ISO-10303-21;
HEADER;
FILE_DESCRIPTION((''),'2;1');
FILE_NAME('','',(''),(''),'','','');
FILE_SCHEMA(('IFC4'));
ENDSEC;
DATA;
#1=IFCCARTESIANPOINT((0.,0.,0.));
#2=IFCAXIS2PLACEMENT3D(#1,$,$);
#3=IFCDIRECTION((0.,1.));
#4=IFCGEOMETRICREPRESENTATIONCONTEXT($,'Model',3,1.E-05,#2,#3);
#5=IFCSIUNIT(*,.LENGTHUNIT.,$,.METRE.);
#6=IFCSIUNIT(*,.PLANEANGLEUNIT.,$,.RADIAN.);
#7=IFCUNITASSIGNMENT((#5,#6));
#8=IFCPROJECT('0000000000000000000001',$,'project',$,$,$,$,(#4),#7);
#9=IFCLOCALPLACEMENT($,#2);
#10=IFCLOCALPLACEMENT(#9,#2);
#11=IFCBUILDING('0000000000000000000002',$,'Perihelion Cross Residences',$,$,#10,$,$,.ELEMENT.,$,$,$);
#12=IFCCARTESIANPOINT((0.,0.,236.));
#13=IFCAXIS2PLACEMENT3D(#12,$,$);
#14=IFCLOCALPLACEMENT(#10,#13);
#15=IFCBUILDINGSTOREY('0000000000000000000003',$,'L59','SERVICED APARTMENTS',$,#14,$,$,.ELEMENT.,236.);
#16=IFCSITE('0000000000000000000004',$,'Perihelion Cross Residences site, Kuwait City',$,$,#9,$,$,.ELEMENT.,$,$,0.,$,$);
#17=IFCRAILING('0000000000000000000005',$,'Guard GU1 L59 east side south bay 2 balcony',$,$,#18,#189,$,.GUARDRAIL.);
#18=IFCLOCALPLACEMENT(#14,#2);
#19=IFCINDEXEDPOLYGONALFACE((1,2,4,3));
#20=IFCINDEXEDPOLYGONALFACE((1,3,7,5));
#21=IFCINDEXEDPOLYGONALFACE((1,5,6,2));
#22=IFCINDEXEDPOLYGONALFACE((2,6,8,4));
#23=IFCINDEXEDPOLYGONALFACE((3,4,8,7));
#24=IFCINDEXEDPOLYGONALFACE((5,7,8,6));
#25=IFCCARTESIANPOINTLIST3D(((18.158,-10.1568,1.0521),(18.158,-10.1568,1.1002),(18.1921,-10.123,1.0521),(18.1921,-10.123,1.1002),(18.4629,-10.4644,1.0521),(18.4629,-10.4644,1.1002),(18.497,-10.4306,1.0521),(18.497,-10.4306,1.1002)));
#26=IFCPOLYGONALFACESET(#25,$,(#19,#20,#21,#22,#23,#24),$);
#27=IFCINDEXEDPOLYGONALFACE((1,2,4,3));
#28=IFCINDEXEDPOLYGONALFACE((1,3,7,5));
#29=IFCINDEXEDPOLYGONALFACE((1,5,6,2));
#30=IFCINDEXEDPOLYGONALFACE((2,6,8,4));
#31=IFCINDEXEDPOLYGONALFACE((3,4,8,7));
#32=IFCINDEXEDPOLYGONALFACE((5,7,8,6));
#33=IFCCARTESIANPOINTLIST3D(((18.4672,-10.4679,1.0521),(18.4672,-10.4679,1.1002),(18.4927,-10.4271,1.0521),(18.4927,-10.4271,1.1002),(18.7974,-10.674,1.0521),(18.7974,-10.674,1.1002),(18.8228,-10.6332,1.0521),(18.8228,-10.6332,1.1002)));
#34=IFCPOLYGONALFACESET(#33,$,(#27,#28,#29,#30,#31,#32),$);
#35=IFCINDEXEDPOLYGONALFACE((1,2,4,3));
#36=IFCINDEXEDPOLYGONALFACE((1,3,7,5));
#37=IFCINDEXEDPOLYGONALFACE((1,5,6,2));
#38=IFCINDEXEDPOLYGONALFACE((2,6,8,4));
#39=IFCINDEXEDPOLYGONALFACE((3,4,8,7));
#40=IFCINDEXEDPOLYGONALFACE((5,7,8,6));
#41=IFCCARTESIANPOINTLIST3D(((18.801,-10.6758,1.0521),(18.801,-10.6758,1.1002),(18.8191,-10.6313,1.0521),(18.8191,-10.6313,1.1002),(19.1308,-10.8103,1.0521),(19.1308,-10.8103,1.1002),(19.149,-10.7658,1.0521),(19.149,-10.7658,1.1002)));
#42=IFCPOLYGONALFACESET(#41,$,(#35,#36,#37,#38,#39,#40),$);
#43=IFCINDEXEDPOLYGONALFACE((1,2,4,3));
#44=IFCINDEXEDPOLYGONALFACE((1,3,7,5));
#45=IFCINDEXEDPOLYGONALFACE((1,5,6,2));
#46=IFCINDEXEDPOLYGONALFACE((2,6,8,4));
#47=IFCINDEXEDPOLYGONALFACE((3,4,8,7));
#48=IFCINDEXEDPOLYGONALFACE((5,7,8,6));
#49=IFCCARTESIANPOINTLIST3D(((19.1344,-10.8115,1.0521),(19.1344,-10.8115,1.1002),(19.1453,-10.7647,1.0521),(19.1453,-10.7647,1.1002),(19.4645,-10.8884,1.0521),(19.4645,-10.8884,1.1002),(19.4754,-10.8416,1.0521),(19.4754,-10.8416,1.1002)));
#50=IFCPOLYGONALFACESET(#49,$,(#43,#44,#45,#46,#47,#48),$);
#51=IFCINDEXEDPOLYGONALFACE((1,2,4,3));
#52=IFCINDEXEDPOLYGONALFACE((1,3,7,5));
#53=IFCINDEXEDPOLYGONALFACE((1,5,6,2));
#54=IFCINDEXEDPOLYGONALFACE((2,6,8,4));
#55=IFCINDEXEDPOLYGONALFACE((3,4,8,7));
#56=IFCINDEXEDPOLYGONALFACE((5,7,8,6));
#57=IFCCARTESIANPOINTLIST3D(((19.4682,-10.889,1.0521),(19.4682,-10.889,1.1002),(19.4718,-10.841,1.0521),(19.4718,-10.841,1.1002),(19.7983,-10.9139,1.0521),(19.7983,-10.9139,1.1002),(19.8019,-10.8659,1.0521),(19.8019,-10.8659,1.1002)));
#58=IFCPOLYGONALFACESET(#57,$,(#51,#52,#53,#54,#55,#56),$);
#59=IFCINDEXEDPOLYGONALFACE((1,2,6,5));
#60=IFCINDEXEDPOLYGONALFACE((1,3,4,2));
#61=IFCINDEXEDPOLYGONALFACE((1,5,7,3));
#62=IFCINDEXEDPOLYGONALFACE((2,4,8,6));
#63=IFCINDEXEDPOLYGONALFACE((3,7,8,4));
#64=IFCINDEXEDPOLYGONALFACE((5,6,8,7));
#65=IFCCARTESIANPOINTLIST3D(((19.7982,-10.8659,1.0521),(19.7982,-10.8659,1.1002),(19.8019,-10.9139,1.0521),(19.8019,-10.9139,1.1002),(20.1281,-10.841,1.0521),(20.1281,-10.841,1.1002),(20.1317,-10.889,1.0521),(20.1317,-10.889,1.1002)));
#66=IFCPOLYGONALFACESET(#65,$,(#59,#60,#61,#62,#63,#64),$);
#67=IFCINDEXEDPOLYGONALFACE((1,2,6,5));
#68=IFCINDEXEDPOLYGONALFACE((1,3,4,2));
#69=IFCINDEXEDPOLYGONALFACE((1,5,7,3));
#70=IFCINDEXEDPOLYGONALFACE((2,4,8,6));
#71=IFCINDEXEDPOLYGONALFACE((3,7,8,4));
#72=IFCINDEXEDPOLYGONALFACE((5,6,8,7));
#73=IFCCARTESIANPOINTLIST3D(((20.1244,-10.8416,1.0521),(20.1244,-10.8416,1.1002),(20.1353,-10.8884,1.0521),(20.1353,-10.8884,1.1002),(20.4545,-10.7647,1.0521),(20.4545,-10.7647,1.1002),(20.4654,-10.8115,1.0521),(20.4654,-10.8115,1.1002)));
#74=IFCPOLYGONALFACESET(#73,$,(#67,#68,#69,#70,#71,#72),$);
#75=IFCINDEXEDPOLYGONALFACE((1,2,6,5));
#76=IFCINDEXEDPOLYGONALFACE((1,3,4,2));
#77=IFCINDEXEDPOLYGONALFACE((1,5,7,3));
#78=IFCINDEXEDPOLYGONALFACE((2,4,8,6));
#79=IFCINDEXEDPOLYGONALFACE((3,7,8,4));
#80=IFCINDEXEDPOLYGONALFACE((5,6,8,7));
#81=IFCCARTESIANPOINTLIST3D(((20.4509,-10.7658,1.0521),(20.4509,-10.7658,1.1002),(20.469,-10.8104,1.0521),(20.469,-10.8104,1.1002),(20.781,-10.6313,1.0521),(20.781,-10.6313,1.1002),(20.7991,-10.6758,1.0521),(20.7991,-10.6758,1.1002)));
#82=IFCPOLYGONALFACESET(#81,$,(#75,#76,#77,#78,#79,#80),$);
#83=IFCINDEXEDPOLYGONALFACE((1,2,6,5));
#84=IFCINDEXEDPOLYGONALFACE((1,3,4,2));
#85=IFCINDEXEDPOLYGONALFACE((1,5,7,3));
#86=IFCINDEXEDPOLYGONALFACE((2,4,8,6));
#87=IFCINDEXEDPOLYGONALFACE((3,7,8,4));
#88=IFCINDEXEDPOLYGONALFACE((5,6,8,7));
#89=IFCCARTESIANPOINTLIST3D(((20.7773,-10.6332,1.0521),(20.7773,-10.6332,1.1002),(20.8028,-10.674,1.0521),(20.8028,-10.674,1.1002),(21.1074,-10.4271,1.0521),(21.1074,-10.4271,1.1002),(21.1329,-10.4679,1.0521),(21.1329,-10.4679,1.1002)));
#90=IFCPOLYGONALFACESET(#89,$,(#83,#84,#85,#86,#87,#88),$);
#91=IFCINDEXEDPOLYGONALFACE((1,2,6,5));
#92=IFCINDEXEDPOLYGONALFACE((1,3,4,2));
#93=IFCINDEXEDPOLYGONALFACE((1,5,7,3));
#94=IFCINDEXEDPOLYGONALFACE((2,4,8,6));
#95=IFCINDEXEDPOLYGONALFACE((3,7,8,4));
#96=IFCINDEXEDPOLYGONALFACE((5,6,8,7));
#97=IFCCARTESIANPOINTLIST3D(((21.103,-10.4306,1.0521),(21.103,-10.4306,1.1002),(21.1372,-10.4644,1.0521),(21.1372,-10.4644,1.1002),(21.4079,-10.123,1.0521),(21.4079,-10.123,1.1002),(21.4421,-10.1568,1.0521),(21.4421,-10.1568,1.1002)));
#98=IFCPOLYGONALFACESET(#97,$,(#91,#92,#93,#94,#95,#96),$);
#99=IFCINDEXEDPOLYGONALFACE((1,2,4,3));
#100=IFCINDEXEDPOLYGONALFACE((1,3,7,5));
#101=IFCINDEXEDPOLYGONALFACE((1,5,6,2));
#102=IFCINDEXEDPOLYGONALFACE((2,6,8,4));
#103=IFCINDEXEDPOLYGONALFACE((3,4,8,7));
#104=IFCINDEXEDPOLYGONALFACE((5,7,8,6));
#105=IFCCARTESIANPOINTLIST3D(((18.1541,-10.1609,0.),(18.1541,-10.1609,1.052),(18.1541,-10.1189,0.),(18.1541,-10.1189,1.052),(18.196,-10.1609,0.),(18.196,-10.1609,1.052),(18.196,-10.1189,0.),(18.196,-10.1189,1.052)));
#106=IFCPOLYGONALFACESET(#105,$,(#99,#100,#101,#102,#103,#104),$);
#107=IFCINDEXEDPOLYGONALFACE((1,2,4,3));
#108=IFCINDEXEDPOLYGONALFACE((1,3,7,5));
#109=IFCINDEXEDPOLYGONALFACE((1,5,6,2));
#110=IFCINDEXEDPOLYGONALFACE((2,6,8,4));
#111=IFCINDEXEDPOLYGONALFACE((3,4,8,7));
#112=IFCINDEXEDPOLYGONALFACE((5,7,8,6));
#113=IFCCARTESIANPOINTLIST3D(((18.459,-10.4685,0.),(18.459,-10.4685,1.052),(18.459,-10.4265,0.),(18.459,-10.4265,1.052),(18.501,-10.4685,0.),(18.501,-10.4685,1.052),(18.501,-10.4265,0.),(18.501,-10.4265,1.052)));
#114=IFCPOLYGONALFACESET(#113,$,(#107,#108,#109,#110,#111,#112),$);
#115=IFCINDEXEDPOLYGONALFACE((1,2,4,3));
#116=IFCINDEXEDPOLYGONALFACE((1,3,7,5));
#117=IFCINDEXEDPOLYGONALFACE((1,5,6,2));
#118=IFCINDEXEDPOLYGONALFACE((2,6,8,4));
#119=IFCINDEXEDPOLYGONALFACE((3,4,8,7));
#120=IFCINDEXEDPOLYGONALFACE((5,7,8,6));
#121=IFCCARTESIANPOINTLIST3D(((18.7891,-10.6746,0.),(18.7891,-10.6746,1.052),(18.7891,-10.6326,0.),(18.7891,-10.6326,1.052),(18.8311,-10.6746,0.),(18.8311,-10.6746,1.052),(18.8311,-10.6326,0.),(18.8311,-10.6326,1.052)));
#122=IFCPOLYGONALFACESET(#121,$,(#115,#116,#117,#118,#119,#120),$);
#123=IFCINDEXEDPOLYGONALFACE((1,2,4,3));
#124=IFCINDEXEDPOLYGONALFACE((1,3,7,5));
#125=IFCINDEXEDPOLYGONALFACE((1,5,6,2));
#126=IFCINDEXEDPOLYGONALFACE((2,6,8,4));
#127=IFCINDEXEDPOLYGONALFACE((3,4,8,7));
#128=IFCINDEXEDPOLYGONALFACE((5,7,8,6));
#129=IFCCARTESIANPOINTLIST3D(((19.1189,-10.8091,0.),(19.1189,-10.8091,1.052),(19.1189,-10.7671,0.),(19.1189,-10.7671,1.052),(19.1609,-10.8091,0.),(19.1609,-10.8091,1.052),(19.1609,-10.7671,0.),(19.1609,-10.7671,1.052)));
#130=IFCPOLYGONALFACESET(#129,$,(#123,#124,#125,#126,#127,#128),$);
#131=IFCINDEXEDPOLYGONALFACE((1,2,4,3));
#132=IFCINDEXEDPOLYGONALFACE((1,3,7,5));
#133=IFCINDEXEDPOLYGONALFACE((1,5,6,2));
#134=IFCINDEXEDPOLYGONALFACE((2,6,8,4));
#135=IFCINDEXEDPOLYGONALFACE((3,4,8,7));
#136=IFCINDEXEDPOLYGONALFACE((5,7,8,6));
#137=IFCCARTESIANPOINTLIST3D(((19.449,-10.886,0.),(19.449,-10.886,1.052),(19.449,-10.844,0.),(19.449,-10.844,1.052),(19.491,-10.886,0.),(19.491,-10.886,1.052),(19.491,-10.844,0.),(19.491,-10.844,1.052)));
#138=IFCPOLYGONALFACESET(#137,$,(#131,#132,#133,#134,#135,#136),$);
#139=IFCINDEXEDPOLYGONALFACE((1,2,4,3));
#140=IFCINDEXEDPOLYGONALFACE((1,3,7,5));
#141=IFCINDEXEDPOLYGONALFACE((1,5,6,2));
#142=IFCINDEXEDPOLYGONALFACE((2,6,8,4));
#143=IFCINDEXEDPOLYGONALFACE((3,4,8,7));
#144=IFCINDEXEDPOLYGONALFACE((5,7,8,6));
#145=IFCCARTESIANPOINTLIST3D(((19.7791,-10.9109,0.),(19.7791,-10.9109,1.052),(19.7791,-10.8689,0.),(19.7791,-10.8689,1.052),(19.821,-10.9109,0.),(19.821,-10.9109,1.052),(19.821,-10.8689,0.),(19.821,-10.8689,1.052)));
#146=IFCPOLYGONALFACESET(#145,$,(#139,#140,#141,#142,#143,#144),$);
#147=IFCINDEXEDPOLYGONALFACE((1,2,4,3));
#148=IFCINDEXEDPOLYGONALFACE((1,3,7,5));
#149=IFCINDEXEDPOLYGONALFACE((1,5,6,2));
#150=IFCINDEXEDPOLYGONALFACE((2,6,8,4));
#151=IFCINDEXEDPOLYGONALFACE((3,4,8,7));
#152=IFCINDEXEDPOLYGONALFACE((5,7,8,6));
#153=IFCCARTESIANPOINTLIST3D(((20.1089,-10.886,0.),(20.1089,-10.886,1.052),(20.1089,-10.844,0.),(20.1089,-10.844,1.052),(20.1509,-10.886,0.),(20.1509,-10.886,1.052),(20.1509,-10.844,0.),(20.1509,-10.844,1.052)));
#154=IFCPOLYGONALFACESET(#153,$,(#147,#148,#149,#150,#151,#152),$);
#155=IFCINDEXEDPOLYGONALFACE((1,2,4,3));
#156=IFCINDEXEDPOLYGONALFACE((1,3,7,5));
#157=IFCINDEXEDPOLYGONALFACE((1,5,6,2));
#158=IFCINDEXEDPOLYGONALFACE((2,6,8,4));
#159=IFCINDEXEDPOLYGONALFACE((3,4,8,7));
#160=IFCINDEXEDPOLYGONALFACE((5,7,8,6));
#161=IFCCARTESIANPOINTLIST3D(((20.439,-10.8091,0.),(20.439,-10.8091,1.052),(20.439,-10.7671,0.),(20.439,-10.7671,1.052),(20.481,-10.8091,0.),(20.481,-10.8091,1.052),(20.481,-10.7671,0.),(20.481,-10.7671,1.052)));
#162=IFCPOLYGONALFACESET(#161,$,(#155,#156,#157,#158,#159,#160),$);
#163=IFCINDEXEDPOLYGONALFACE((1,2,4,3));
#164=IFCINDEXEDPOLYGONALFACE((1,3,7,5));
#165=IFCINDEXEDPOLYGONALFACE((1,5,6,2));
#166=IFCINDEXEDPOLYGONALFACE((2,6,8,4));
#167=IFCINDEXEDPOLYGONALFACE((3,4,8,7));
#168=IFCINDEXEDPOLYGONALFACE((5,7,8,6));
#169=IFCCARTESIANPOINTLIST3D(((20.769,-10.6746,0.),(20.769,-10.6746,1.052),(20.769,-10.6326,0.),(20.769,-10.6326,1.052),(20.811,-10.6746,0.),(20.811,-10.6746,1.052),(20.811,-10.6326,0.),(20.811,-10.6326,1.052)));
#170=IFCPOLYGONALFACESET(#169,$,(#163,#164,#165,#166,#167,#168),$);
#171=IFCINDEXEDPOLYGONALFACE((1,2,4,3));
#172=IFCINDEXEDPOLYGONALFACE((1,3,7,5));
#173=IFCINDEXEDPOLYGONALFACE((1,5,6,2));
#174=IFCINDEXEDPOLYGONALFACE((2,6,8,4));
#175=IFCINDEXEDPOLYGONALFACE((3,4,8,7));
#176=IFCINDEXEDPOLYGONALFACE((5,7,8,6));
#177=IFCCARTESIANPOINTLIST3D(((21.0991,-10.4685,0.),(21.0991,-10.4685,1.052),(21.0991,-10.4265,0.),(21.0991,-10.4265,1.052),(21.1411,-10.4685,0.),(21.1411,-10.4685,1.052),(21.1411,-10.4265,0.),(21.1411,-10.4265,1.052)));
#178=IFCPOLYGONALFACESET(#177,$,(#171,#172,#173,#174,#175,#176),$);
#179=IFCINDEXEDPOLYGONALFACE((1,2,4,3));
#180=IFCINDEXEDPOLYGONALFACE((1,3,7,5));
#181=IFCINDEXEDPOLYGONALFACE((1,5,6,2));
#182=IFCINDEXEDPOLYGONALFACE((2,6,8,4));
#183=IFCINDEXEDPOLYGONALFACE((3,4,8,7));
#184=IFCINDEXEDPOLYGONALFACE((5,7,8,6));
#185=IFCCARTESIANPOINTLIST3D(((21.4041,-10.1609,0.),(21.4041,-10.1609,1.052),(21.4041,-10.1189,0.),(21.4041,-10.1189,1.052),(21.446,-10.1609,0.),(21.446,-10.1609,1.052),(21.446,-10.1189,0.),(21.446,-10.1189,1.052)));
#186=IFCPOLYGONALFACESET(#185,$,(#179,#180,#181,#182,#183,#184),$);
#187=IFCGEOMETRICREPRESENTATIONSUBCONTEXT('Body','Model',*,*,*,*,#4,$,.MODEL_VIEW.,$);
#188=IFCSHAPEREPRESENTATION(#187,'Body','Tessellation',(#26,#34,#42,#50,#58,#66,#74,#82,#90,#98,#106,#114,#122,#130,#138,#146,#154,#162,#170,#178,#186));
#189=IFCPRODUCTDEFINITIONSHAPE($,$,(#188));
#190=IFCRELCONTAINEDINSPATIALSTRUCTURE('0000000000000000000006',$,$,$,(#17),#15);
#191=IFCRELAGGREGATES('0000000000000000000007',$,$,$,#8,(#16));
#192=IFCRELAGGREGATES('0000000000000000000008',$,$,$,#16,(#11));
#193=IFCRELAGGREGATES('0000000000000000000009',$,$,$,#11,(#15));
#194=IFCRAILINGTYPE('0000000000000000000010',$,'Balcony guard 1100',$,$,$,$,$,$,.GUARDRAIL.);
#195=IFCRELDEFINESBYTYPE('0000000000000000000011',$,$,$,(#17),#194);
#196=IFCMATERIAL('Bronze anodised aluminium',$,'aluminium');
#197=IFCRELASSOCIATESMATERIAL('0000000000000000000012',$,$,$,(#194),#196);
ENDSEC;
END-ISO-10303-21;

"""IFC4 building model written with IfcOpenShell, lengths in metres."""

from ifc_helpers import new_model, si_unit, direction, frame, origin, origin_2d, place, context, subcontext, project, spatial, rectangle, extrude, material, type_object, element, save


model = new_model("IFC4")

# Units and contexts
model_context = context("Model", 3, precision=1e-05, world=origin(), true_north=direction((0.0, 1.0)))
body_context = subcontext(model_context, "Body", "Model", "MODEL_VIEW")
ifc_project = project(units=[si_unit("LENGTHUNIT", "METRE"), si_unit("PLANEANGLEUNIT", "RADIAN")], contexts=[model_context])

# Site, building, storey
site_placement = place(None, origin())
site = spatial("IfcSite", under=ifc_project, at=site_placement, Name="Perihelion Cross Residences site, Kuwait City", CompositionType="ELEMENT", RefElevation=0.0)
building_placement = place(site_placement, origin())
building = spatial("IfcBuilding", under=site, at=building_placement, Name="Perihelion Cross Residences", CompositionType="ELEMENT")
storey_placement = place(building_placement, frame((0.0, 0.0, 236.0)))
storey = spatial("IfcBuildingStorey", under=building, at=storey_placement, Name="L59", Description="SERVICED APARTMENTS", CompositionType="ELEMENT", Elevation=236.0)

# Railing
ifc_material_1 = material(Name="Bronze anodised aluminium", Category="aluminium")
railing_type = type_object("IfcRailingType", Name="Balcony guard 1100", PredefinedType="GUARDRAIL", material=ifc_material_1)
railing_placement = place(storey_placement, frame((18.175, -10.1399, 0.0)))
element("IfcRailing", 1, at=railing_placement, inside=storey, type_object=railing_type, Name="Guard GU1 L59 east side south bay 2 balcony", PredefinedType="GUARDRAIL", context=body_context, shape_type="SweptSolid", body=[
    extrude(rectangle(XDim=0.0481, YDim=0.0481, at=origin_2d()), frame((0.0, 0.0, 1.0762), z_axis=(0.704, -0.7102, 0.0), x_axis=(0.7102, 0.704, 0.0)), (0.0, 0.0, 1.0), 0.4331),
    extrude(rectangle(XDim=0.0481, YDim=0.0481, at=origin_2d()), frame((0.3049, -0.3076, 1.0762), z_axis=(0.84828, -0.529548, 0.0), x_axis=(0.529548, 0.84828, 0.0)), (0.0, 0.0, 1.0), 0.3892),
    extrude(rectangle(XDim=0.0481, YDim=0.0481, at=origin_2d()), frame((0.635, -0.5137, 1.0762), z_axis=(0.92595, -0.377645, 0.0), x_axis=(0.377645, 0.92595, 0.0)), (0.0, 0.0, 1.0), 0.3562),
    extrude(rectangle(XDim=0.0481, YDim=0.0481, at=origin_2d()), frame((0.9648, -0.6482, 1.0762), z_axis=(0.973916, -0.226911, 0.0), x_axis=(0.226911, 0.973916, 0.0)), (0.0, 0.0, 1.0), 0.3389),
    extrude(rectangle(XDim=0.0481, YDim=0.0481, at=origin_2d()), frame((1.2949, -0.7251, 1.0762), z_axis=(0.997166, -0.07523, 0.0), x_axis=(0.07523, 0.997166, 0.0)), (0.0, 0.0, 1.0), 0.3311),
    extrude(rectangle(XDim=0.0481, YDim=0.0481, at=origin_2d()), frame((1.625, -0.75, 1.0762), z_axis=(0.997162, 0.075285, 0.0), x_axis=(-0.075285, 0.997162, 0.0)), (0.0, 0.0, 1.0), 0.3308),
    extrude(rectangle(XDim=0.0481, YDim=0.0481, at=origin_2d()), frame((1.9548, -0.7251, 1.0762), z_axis=(0.973916, 0.226911, 0.0), x_axis=(-0.226911, 0.973916, 0.0)), (0.0, 0.0, 1.0), 0.3389),
    extrude(rectangle(XDim=0.0481, YDim=0.0481, at=origin_2d()), frame((2.2849, -0.6482, 1.0762), z_axis=(0.926048, 0.377406, 0.0), x_axis=(-0.377406, 0.926048, 0.0)), (0.0, 0.0, 1.0), 0.3564),
    extrude(rectangle(XDim=0.0481, YDim=0.0481, at=origin_2d()), frame((2.615, -0.5137, 1.0762), z_axis=(0.84828, 0.529548, 0.0), x_axis=(-0.529548, 0.84828, 0.0)), (0.0, 0.0, 1.0), 0.3892),
    extrude(rectangle(XDim=0.0481, YDim=0.0481, at=origin_2d()), frame((2.9451, -0.3076, 1.0762), z_axis=(0.704, 0.7102, 0.0), x_axis=(-0.7102, 0.704, 0.0)), (0.0, 0.0, 1.0), 0.4331),
    extrude(rectangle(XDim=0.042, YDim=0.042, at=origin_2d()), origin(), (0.0, 0.0, 1.0), 1.052),
    extrude(rectangle(XDim=0.042, YDim=0.042, at=origin_2d()), frame((0.3049, -0.3076, 0.0)), (0.0, 0.0, 1.0), 1.052),
    extrude(rectangle(XDim=0.042, YDim=0.042, at=origin_2d()), frame((0.635, -0.5137, 0.0)), (0.0, 0.0, 1.0), 1.052),
    extrude(rectangle(XDim=0.042, YDim=0.042, at=origin_2d()), frame((0.9648, -0.6482, 0.0)), (0.0, 0.0, 1.0), 1.052),
    extrude(rectangle(XDim=0.042, YDim=0.042, at=origin_2d()), frame((1.2949, -0.7251, 0.0)), (0.0, 0.0, 1.0), 1.052),
    extrude(rectangle(XDim=0.042, YDim=0.042, at=origin_2d()), frame((1.625, -0.75, 0.0)), (0.0, 0.0, 1.0), 1.052),
    extrude(rectangle(XDim=0.042, YDim=0.042, at=origin_2d()), frame((1.9548, -0.7251, 0.0)), (0.0, 0.0, 1.0), 1.052),
    extrude(rectangle(XDim=0.042, YDim=0.042, at=origin_2d()), frame((2.2849, -0.6482, 0.0)), (0.0, 0.0, 1.0), 1.052),
    extrude(rectangle(XDim=0.042, YDim=0.042, at=origin_2d()), frame((2.615, -0.5137, 0.0)), (0.0, 0.0, 1.0), 1.052),
    extrude(rectangle(XDim=0.042, YDim=0.042, at=origin_2d()), frame((2.9451, -0.3076, 0.0)), (0.0, 0.0, 1.0), 1.052),
    extrude(rectangle(XDim=0.042, YDim=0.042, at=origin_2d()), frame((3.25, 0.0, 0.0)), (0.0, 0.0, 1.0), 1.052),
])

save(model, "model.ifc")
